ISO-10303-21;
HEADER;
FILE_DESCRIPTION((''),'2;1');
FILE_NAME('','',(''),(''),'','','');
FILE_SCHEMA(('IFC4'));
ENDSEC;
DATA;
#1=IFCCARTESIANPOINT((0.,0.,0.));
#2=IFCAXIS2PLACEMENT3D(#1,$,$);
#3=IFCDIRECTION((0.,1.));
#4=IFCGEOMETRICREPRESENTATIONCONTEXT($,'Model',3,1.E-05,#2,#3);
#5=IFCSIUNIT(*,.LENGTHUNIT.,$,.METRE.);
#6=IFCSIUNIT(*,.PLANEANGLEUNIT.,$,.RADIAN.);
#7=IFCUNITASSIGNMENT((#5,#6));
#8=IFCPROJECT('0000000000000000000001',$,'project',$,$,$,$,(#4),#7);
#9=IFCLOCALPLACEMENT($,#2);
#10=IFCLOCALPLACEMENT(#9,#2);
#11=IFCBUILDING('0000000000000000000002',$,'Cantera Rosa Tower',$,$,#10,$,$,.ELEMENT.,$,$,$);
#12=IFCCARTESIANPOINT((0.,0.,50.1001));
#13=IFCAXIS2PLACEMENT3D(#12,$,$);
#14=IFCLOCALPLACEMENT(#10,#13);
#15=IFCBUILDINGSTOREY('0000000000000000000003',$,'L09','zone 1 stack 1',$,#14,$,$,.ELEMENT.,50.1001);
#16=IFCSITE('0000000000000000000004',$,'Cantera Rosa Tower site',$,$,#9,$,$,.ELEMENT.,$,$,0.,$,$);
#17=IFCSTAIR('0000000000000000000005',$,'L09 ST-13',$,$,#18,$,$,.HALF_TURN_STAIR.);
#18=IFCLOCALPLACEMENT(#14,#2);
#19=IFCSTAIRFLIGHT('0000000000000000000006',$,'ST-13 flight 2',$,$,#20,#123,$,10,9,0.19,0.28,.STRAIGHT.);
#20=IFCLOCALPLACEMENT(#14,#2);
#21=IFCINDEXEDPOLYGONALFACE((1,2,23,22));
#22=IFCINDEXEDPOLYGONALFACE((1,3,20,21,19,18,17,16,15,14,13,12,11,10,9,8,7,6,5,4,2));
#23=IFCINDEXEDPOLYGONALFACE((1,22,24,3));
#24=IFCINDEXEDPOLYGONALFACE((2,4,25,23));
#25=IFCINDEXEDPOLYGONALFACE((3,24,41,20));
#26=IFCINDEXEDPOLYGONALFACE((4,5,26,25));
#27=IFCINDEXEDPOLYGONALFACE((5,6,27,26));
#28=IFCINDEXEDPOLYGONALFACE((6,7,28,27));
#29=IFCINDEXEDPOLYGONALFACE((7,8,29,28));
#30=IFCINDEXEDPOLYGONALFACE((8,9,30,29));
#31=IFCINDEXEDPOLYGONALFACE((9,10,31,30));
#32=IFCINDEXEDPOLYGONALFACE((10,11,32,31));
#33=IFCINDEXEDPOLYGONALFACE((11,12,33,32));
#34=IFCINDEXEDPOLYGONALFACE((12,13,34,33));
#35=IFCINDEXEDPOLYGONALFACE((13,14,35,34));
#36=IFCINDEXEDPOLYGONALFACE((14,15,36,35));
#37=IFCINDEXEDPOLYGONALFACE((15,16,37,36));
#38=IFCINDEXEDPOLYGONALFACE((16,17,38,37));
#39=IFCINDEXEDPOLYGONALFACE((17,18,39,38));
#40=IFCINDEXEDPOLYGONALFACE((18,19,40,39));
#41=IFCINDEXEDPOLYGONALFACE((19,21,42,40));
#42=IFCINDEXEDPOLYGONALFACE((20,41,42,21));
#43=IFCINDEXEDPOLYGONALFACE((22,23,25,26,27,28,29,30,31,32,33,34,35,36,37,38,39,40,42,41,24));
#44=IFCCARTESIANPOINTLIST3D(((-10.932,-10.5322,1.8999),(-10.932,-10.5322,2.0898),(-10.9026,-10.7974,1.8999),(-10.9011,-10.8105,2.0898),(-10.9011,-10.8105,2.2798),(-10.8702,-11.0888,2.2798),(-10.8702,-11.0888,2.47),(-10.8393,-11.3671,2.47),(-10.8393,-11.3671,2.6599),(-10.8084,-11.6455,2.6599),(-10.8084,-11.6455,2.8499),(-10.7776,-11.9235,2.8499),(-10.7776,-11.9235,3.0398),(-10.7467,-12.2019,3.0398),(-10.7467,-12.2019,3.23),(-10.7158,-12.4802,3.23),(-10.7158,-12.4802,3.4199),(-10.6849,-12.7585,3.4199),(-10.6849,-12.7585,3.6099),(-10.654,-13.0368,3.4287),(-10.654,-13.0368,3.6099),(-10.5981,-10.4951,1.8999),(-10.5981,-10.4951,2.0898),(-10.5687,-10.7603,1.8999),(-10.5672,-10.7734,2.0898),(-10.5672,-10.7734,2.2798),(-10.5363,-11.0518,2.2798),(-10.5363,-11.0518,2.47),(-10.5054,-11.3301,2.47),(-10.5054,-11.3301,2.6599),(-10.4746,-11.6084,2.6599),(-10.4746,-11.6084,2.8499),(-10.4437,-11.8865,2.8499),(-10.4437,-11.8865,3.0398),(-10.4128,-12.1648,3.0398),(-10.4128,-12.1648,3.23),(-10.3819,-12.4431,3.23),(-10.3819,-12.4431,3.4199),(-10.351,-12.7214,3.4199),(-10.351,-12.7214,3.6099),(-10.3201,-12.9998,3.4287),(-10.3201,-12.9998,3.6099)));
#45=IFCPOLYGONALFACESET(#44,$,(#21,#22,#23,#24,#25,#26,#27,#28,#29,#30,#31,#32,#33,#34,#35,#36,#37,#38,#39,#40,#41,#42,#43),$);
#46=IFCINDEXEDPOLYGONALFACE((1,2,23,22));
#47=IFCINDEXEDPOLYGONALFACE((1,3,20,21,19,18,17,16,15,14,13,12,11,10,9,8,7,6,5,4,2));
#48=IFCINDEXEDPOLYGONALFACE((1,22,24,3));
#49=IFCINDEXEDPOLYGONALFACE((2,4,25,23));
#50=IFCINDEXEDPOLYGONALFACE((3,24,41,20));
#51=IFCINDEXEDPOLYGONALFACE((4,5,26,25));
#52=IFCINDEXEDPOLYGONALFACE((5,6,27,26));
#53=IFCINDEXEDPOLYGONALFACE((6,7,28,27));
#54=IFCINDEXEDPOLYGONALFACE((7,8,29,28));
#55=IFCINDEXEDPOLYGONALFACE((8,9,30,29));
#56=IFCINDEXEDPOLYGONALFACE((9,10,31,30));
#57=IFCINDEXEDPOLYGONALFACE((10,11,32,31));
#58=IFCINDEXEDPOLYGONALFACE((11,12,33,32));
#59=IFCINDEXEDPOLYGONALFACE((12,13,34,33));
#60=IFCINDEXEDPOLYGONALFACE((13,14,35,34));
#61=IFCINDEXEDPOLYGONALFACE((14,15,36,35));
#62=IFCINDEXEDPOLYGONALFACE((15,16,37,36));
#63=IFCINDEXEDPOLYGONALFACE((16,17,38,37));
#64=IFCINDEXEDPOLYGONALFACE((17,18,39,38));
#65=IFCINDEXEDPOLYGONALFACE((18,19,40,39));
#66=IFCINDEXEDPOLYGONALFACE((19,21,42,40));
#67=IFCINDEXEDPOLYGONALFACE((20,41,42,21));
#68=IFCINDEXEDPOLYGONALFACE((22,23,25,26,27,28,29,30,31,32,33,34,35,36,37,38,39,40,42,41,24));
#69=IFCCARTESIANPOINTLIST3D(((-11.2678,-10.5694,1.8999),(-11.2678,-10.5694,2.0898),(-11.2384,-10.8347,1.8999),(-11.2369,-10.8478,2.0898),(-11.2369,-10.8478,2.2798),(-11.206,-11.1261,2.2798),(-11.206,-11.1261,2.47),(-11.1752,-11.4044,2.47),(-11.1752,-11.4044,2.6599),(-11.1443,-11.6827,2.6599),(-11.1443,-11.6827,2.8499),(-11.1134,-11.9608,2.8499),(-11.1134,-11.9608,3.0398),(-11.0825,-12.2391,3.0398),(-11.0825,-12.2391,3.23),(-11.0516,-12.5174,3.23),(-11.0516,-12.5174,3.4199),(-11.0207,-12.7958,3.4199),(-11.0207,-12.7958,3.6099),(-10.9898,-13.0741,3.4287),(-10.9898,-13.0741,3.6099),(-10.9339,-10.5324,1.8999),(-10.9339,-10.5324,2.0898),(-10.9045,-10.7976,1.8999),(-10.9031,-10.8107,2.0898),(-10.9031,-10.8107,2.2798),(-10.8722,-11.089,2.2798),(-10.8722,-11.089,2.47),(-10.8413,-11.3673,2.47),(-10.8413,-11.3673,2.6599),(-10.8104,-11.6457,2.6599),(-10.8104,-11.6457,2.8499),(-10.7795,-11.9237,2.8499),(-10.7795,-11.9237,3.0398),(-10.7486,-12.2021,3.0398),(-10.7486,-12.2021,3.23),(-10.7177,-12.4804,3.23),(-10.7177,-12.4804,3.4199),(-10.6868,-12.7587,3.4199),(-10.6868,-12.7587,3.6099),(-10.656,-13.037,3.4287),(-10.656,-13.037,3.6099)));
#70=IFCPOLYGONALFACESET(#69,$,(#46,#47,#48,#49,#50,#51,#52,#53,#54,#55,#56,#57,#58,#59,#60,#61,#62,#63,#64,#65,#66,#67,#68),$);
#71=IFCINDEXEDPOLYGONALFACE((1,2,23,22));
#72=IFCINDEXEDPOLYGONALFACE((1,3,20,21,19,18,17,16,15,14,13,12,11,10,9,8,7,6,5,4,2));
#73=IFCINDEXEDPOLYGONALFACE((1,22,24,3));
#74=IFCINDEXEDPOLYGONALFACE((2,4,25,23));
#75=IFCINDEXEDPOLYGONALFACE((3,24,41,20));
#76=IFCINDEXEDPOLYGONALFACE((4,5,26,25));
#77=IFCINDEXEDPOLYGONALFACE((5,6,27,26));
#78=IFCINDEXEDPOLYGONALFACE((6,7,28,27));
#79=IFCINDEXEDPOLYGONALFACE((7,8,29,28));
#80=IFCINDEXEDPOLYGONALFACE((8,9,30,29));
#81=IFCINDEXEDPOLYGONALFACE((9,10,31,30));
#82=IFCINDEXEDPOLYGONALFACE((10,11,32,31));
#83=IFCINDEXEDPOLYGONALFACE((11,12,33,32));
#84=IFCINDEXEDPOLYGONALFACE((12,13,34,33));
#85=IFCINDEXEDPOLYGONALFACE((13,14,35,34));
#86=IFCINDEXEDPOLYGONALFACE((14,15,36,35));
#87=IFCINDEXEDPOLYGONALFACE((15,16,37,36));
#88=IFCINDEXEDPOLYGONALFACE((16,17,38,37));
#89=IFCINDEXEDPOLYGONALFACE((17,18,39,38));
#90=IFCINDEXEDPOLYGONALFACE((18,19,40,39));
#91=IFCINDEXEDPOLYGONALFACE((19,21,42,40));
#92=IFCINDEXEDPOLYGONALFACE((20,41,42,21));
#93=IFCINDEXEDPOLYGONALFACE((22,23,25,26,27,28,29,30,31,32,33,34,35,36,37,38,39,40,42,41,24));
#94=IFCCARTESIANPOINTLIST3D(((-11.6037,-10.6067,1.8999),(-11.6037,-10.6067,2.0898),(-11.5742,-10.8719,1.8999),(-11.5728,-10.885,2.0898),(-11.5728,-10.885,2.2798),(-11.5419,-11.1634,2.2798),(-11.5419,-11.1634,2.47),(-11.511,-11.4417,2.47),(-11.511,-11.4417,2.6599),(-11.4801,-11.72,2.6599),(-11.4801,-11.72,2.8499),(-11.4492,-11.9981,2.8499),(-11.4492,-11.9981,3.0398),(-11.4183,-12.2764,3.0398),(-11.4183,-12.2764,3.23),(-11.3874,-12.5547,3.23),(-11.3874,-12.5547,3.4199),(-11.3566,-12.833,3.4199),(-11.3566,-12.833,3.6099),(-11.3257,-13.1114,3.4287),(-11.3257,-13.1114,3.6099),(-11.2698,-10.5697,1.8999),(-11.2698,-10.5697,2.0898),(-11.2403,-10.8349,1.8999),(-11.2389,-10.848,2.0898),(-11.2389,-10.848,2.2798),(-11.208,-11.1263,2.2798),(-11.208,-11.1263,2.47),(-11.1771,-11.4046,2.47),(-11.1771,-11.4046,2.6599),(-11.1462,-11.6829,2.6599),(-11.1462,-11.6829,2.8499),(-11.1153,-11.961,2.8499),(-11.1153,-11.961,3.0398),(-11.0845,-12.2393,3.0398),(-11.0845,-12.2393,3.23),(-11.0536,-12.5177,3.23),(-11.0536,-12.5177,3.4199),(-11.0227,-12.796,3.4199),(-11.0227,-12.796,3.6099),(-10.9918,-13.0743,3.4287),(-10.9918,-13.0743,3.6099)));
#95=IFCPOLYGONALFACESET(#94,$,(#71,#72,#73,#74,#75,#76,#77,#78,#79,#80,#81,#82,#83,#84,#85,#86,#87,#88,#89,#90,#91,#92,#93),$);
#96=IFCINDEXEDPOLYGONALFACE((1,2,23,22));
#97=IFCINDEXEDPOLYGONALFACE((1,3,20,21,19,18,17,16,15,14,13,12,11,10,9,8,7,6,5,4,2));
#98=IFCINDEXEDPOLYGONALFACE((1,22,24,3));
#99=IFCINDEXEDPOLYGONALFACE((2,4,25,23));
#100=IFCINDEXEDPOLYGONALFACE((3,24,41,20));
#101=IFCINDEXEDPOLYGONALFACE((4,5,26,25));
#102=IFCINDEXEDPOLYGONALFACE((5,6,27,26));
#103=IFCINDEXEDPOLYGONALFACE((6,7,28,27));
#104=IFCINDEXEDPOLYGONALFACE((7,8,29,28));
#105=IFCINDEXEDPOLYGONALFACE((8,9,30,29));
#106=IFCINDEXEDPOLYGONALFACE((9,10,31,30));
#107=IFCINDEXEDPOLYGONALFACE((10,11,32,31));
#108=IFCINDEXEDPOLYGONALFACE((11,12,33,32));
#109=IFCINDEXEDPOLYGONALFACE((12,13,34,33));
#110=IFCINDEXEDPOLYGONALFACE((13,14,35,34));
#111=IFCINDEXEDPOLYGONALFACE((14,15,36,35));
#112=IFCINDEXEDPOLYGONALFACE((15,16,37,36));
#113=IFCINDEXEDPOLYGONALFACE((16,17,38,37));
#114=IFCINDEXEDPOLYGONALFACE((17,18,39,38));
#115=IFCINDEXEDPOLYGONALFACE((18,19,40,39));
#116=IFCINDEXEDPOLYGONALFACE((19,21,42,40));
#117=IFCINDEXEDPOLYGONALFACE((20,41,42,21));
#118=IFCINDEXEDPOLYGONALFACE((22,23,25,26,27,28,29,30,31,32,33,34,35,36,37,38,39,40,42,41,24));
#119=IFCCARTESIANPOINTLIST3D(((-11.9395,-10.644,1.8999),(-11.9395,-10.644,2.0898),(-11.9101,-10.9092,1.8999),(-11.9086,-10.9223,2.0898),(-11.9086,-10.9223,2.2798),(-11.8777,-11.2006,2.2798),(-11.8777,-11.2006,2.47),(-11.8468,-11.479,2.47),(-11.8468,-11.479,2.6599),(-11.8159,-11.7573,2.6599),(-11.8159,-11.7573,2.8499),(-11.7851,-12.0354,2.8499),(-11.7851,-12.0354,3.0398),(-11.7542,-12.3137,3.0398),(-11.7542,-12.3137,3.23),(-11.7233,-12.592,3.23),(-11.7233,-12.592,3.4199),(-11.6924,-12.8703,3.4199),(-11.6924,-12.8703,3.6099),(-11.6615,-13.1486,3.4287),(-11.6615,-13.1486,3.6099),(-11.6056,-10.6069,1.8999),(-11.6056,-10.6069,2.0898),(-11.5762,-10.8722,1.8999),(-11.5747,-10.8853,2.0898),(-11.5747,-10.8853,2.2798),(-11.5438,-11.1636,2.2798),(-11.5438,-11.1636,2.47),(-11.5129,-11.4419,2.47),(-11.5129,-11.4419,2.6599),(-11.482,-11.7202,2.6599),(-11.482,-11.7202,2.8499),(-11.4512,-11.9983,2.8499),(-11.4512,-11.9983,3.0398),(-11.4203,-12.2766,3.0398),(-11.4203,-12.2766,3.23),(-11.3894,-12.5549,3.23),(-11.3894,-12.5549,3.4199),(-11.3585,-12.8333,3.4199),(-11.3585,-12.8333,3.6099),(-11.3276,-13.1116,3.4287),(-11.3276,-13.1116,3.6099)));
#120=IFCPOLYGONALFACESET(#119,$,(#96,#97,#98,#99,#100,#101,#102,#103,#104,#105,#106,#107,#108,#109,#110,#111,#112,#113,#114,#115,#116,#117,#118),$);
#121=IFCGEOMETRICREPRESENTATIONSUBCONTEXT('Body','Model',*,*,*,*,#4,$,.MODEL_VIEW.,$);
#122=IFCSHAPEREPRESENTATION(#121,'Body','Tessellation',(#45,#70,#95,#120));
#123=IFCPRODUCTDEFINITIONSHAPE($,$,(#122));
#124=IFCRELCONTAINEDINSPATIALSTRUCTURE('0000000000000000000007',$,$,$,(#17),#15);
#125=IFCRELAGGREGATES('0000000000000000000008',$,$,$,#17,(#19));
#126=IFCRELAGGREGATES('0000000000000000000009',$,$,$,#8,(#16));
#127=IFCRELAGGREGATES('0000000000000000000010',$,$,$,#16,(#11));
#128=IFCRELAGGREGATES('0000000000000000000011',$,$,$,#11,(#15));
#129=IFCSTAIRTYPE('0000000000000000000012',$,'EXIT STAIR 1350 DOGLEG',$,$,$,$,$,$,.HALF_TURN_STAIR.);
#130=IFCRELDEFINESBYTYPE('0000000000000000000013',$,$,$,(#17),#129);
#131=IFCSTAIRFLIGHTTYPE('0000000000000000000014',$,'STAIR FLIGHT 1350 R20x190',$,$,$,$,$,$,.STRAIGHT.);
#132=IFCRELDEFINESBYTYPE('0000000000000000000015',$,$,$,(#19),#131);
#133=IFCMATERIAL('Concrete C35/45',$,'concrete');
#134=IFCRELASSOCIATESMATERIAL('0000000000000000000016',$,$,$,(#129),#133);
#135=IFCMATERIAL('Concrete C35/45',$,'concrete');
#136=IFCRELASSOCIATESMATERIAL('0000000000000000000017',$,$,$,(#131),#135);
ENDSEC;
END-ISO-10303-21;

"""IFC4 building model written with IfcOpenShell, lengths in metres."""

from ifc_helpers import new_model, si_unit, direction, frame, origin, place, context, subcontext, project, spatial, polyline, outline, extrude, material, type_object, element, aggregate, save


model = new_model("IFC4")

# Units and contexts
model_context = context("Model", 3, precision=1e-05, world=origin(), true_north=direction((0.0, 1.0)))
body_context = subcontext(model_context, "Body", "Model", "MODEL_VIEW")
ifc_project = project(units=[si_unit("LENGTHUNIT", "METRE"), si_unit("PLANEANGLEUNIT", "RADIAN")], contexts=[model_context])

# Site, building, storey
site_placement = place(None, origin())
site = spatial("IfcSite", under=ifc_project, at=site_placement, Name="Cantera Rosa Tower site", CompositionType="ELEMENT", RefElevation=0.0)
building_placement = place(site_placement, origin())
building = spatial("IfcBuilding", under=site, at=building_placement, Name="Cantera Rosa Tower", CompositionType="ELEMENT")
storey_placement = place(building_placement, frame((0.0, 0.0, 50.1001)))
storey = spatial("IfcBuildingStorey", under=building, at=storey_placement, Name="L09", Description="zone 1 stack 1", CompositionType="ELEMENT", Elevation=50.1001)

# Stair, stair flight
ifc_material_1 = material(Name="Concrete C35/45", Category="concrete")
stair_type = type_object("IfcStairType", Name="EXIT STAIR 1350 DOGLEG", PredefinedType="HALF_TURN_STAIR", material=ifc_material_1)
stair_placement = place(storey_placement, origin())
stair = element("IfcStair", 1, at=stair_placement, inside=storey, type_object=stair_type, Name="L09 ST-13", PredefinedType="HALF_TURN_STAIR")
ifc_material_2 = material(Name="Concrete C35/45", Category="concrete")
stair_flight_type = type_object("IfcStairFlightType", Name="STAIR FLIGHT 1350 R20x190", PredefinedType="STRAIGHT", material=ifc_material_2)
stair_flight_placement = place(storey_placement, frame((-11.269, -10.5696, 1.8999), z_axis=(0.0, 0.0, 1.0), x_axis=(0.110313, -0.993897, 0.0)))
stair_flight = element("IfcStairFlight", 2, at=stair_flight_placement, type_object=stair_flight_type, Name="ST-13 flight 2", NumberOfRisers=10, NumberOfTreads=9, PredefinedType="STRAIGHT", RiserHeight=0.19, TreadLength=0.28, context=body_context, shape_type="SweptSolid", body=[
    extrude(outline(polyline([(0.0, 0.0), (0.0, 0.1899), (0.28, 0.1899), (0.28, 0.3799), (0.5601, 0.3799), (0.5601, 0.5701), (0.8401, 0.5701), (0.8401, 0.76), (1.1201, 0.76), (1.1201, 0.95), (1.3999, 0.95), (1.3999, 1.1399), (1.6799, 1.1399), (1.6799, 1.3301), (1.96, 1.3301), (1.96, 1.52), (2.24, 1.52), (2.24, 1.71), (2.52, 1.71), (2.52, 1.8999), (2.52, 1.5288), (0.2668, 0.0), (0.0, 0.0)])), frame((0.0, 0.675, 0.0), z_axis=(0.0, -1.0, 0.0), x_axis=(1.0, 0.0, 0.0)), (0.0, 0.0, 1.0), 0.3359),
    extrude(outline(polyline([(0.0, 0.0), (0.0, 0.1899), (0.28, 0.1899), (0.28, 0.3799), (0.5601, 0.3799), (0.5601, 0.5701), (0.8401, 0.5701), (0.8401, 0.76), (1.1201, 0.76), (1.1201, 0.95), (1.3999, 0.95), (1.3999, 1.1399), (1.6799, 1.1399), (1.6799, 1.3301), (1.96, 1.3301), (1.96, 1.52), (2.24, 1.52), (2.24, 1.71), (2.52, 1.71), (2.52, 1.8999), (2.52, 1.5288), (0.2668, 0.0), (0.0, 0.0)])), frame((0.0, 0.3372, 0.0), z_axis=(0.0, -1.0, 0.0), x_axis=(1.0, 0.0, 0.0)), (0.0, 0.0, 1.0), 0.3359),
    extrude(outline(polyline([(0.0, 0.0), (0.0, 0.1899), (0.28, 0.1899), (0.28, 0.3799), (0.5601, 0.3799), (0.5601, 0.5701), (0.8401, 0.5701), (0.8401, 0.76), (1.1201, 0.76), (1.1201, 0.95), (1.3999, 0.95), (1.3999, 1.1399), (1.6799, 1.1399), (1.6799, 1.3301), (1.96, 1.3301), (1.96, 1.52), (2.24, 1.52), (2.24, 1.71), (2.52, 1.71), (2.52, 1.8999), (2.52, 1.5288), (0.2668, 0.0), (0.0, 0.0)])), frame((0.0, -0.0007, 0.0), z_axis=(0.0, -1.0, 0.0), x_axis=(1.0, 0.0, 0.0)), (0.0, 0.0, 1.0), 0.3359),
    extrude(outline(polyline([(0.0, 0.0), (0.0, 0.1899), (0.28, 0.1899), (0.28, 0.3799), (0.5601, 0.3799), (0.5601, 0.5701), (0.8401, 0.5701), (0.8401, 0.76), (1.1201, 0.76), (1.1201, 0.95), (1.3999, 0.95), (1.3999, 1.1399), (1.6799, 1.1399), (1.6799, 1.3301), (1.96, 1.3301), (1.96, 1.52), (2.24, 1.52), (2.24, 1.71), (2.52, 1.71), (2.52, 1.8999), (2.52, 1.5288), (0.2668, 0.0), (0.0, 0.0)])), frame((0.0, -0.3386, 0.0), z_axis=(0.0, -1.0, 0.0), x_axis=(1.0, 0.0, 0.0)), (0.0, 0.0, 1.0), 0.3359),
])
aggregate(stair, [stair_flight])

save(model, "model.ifc")
